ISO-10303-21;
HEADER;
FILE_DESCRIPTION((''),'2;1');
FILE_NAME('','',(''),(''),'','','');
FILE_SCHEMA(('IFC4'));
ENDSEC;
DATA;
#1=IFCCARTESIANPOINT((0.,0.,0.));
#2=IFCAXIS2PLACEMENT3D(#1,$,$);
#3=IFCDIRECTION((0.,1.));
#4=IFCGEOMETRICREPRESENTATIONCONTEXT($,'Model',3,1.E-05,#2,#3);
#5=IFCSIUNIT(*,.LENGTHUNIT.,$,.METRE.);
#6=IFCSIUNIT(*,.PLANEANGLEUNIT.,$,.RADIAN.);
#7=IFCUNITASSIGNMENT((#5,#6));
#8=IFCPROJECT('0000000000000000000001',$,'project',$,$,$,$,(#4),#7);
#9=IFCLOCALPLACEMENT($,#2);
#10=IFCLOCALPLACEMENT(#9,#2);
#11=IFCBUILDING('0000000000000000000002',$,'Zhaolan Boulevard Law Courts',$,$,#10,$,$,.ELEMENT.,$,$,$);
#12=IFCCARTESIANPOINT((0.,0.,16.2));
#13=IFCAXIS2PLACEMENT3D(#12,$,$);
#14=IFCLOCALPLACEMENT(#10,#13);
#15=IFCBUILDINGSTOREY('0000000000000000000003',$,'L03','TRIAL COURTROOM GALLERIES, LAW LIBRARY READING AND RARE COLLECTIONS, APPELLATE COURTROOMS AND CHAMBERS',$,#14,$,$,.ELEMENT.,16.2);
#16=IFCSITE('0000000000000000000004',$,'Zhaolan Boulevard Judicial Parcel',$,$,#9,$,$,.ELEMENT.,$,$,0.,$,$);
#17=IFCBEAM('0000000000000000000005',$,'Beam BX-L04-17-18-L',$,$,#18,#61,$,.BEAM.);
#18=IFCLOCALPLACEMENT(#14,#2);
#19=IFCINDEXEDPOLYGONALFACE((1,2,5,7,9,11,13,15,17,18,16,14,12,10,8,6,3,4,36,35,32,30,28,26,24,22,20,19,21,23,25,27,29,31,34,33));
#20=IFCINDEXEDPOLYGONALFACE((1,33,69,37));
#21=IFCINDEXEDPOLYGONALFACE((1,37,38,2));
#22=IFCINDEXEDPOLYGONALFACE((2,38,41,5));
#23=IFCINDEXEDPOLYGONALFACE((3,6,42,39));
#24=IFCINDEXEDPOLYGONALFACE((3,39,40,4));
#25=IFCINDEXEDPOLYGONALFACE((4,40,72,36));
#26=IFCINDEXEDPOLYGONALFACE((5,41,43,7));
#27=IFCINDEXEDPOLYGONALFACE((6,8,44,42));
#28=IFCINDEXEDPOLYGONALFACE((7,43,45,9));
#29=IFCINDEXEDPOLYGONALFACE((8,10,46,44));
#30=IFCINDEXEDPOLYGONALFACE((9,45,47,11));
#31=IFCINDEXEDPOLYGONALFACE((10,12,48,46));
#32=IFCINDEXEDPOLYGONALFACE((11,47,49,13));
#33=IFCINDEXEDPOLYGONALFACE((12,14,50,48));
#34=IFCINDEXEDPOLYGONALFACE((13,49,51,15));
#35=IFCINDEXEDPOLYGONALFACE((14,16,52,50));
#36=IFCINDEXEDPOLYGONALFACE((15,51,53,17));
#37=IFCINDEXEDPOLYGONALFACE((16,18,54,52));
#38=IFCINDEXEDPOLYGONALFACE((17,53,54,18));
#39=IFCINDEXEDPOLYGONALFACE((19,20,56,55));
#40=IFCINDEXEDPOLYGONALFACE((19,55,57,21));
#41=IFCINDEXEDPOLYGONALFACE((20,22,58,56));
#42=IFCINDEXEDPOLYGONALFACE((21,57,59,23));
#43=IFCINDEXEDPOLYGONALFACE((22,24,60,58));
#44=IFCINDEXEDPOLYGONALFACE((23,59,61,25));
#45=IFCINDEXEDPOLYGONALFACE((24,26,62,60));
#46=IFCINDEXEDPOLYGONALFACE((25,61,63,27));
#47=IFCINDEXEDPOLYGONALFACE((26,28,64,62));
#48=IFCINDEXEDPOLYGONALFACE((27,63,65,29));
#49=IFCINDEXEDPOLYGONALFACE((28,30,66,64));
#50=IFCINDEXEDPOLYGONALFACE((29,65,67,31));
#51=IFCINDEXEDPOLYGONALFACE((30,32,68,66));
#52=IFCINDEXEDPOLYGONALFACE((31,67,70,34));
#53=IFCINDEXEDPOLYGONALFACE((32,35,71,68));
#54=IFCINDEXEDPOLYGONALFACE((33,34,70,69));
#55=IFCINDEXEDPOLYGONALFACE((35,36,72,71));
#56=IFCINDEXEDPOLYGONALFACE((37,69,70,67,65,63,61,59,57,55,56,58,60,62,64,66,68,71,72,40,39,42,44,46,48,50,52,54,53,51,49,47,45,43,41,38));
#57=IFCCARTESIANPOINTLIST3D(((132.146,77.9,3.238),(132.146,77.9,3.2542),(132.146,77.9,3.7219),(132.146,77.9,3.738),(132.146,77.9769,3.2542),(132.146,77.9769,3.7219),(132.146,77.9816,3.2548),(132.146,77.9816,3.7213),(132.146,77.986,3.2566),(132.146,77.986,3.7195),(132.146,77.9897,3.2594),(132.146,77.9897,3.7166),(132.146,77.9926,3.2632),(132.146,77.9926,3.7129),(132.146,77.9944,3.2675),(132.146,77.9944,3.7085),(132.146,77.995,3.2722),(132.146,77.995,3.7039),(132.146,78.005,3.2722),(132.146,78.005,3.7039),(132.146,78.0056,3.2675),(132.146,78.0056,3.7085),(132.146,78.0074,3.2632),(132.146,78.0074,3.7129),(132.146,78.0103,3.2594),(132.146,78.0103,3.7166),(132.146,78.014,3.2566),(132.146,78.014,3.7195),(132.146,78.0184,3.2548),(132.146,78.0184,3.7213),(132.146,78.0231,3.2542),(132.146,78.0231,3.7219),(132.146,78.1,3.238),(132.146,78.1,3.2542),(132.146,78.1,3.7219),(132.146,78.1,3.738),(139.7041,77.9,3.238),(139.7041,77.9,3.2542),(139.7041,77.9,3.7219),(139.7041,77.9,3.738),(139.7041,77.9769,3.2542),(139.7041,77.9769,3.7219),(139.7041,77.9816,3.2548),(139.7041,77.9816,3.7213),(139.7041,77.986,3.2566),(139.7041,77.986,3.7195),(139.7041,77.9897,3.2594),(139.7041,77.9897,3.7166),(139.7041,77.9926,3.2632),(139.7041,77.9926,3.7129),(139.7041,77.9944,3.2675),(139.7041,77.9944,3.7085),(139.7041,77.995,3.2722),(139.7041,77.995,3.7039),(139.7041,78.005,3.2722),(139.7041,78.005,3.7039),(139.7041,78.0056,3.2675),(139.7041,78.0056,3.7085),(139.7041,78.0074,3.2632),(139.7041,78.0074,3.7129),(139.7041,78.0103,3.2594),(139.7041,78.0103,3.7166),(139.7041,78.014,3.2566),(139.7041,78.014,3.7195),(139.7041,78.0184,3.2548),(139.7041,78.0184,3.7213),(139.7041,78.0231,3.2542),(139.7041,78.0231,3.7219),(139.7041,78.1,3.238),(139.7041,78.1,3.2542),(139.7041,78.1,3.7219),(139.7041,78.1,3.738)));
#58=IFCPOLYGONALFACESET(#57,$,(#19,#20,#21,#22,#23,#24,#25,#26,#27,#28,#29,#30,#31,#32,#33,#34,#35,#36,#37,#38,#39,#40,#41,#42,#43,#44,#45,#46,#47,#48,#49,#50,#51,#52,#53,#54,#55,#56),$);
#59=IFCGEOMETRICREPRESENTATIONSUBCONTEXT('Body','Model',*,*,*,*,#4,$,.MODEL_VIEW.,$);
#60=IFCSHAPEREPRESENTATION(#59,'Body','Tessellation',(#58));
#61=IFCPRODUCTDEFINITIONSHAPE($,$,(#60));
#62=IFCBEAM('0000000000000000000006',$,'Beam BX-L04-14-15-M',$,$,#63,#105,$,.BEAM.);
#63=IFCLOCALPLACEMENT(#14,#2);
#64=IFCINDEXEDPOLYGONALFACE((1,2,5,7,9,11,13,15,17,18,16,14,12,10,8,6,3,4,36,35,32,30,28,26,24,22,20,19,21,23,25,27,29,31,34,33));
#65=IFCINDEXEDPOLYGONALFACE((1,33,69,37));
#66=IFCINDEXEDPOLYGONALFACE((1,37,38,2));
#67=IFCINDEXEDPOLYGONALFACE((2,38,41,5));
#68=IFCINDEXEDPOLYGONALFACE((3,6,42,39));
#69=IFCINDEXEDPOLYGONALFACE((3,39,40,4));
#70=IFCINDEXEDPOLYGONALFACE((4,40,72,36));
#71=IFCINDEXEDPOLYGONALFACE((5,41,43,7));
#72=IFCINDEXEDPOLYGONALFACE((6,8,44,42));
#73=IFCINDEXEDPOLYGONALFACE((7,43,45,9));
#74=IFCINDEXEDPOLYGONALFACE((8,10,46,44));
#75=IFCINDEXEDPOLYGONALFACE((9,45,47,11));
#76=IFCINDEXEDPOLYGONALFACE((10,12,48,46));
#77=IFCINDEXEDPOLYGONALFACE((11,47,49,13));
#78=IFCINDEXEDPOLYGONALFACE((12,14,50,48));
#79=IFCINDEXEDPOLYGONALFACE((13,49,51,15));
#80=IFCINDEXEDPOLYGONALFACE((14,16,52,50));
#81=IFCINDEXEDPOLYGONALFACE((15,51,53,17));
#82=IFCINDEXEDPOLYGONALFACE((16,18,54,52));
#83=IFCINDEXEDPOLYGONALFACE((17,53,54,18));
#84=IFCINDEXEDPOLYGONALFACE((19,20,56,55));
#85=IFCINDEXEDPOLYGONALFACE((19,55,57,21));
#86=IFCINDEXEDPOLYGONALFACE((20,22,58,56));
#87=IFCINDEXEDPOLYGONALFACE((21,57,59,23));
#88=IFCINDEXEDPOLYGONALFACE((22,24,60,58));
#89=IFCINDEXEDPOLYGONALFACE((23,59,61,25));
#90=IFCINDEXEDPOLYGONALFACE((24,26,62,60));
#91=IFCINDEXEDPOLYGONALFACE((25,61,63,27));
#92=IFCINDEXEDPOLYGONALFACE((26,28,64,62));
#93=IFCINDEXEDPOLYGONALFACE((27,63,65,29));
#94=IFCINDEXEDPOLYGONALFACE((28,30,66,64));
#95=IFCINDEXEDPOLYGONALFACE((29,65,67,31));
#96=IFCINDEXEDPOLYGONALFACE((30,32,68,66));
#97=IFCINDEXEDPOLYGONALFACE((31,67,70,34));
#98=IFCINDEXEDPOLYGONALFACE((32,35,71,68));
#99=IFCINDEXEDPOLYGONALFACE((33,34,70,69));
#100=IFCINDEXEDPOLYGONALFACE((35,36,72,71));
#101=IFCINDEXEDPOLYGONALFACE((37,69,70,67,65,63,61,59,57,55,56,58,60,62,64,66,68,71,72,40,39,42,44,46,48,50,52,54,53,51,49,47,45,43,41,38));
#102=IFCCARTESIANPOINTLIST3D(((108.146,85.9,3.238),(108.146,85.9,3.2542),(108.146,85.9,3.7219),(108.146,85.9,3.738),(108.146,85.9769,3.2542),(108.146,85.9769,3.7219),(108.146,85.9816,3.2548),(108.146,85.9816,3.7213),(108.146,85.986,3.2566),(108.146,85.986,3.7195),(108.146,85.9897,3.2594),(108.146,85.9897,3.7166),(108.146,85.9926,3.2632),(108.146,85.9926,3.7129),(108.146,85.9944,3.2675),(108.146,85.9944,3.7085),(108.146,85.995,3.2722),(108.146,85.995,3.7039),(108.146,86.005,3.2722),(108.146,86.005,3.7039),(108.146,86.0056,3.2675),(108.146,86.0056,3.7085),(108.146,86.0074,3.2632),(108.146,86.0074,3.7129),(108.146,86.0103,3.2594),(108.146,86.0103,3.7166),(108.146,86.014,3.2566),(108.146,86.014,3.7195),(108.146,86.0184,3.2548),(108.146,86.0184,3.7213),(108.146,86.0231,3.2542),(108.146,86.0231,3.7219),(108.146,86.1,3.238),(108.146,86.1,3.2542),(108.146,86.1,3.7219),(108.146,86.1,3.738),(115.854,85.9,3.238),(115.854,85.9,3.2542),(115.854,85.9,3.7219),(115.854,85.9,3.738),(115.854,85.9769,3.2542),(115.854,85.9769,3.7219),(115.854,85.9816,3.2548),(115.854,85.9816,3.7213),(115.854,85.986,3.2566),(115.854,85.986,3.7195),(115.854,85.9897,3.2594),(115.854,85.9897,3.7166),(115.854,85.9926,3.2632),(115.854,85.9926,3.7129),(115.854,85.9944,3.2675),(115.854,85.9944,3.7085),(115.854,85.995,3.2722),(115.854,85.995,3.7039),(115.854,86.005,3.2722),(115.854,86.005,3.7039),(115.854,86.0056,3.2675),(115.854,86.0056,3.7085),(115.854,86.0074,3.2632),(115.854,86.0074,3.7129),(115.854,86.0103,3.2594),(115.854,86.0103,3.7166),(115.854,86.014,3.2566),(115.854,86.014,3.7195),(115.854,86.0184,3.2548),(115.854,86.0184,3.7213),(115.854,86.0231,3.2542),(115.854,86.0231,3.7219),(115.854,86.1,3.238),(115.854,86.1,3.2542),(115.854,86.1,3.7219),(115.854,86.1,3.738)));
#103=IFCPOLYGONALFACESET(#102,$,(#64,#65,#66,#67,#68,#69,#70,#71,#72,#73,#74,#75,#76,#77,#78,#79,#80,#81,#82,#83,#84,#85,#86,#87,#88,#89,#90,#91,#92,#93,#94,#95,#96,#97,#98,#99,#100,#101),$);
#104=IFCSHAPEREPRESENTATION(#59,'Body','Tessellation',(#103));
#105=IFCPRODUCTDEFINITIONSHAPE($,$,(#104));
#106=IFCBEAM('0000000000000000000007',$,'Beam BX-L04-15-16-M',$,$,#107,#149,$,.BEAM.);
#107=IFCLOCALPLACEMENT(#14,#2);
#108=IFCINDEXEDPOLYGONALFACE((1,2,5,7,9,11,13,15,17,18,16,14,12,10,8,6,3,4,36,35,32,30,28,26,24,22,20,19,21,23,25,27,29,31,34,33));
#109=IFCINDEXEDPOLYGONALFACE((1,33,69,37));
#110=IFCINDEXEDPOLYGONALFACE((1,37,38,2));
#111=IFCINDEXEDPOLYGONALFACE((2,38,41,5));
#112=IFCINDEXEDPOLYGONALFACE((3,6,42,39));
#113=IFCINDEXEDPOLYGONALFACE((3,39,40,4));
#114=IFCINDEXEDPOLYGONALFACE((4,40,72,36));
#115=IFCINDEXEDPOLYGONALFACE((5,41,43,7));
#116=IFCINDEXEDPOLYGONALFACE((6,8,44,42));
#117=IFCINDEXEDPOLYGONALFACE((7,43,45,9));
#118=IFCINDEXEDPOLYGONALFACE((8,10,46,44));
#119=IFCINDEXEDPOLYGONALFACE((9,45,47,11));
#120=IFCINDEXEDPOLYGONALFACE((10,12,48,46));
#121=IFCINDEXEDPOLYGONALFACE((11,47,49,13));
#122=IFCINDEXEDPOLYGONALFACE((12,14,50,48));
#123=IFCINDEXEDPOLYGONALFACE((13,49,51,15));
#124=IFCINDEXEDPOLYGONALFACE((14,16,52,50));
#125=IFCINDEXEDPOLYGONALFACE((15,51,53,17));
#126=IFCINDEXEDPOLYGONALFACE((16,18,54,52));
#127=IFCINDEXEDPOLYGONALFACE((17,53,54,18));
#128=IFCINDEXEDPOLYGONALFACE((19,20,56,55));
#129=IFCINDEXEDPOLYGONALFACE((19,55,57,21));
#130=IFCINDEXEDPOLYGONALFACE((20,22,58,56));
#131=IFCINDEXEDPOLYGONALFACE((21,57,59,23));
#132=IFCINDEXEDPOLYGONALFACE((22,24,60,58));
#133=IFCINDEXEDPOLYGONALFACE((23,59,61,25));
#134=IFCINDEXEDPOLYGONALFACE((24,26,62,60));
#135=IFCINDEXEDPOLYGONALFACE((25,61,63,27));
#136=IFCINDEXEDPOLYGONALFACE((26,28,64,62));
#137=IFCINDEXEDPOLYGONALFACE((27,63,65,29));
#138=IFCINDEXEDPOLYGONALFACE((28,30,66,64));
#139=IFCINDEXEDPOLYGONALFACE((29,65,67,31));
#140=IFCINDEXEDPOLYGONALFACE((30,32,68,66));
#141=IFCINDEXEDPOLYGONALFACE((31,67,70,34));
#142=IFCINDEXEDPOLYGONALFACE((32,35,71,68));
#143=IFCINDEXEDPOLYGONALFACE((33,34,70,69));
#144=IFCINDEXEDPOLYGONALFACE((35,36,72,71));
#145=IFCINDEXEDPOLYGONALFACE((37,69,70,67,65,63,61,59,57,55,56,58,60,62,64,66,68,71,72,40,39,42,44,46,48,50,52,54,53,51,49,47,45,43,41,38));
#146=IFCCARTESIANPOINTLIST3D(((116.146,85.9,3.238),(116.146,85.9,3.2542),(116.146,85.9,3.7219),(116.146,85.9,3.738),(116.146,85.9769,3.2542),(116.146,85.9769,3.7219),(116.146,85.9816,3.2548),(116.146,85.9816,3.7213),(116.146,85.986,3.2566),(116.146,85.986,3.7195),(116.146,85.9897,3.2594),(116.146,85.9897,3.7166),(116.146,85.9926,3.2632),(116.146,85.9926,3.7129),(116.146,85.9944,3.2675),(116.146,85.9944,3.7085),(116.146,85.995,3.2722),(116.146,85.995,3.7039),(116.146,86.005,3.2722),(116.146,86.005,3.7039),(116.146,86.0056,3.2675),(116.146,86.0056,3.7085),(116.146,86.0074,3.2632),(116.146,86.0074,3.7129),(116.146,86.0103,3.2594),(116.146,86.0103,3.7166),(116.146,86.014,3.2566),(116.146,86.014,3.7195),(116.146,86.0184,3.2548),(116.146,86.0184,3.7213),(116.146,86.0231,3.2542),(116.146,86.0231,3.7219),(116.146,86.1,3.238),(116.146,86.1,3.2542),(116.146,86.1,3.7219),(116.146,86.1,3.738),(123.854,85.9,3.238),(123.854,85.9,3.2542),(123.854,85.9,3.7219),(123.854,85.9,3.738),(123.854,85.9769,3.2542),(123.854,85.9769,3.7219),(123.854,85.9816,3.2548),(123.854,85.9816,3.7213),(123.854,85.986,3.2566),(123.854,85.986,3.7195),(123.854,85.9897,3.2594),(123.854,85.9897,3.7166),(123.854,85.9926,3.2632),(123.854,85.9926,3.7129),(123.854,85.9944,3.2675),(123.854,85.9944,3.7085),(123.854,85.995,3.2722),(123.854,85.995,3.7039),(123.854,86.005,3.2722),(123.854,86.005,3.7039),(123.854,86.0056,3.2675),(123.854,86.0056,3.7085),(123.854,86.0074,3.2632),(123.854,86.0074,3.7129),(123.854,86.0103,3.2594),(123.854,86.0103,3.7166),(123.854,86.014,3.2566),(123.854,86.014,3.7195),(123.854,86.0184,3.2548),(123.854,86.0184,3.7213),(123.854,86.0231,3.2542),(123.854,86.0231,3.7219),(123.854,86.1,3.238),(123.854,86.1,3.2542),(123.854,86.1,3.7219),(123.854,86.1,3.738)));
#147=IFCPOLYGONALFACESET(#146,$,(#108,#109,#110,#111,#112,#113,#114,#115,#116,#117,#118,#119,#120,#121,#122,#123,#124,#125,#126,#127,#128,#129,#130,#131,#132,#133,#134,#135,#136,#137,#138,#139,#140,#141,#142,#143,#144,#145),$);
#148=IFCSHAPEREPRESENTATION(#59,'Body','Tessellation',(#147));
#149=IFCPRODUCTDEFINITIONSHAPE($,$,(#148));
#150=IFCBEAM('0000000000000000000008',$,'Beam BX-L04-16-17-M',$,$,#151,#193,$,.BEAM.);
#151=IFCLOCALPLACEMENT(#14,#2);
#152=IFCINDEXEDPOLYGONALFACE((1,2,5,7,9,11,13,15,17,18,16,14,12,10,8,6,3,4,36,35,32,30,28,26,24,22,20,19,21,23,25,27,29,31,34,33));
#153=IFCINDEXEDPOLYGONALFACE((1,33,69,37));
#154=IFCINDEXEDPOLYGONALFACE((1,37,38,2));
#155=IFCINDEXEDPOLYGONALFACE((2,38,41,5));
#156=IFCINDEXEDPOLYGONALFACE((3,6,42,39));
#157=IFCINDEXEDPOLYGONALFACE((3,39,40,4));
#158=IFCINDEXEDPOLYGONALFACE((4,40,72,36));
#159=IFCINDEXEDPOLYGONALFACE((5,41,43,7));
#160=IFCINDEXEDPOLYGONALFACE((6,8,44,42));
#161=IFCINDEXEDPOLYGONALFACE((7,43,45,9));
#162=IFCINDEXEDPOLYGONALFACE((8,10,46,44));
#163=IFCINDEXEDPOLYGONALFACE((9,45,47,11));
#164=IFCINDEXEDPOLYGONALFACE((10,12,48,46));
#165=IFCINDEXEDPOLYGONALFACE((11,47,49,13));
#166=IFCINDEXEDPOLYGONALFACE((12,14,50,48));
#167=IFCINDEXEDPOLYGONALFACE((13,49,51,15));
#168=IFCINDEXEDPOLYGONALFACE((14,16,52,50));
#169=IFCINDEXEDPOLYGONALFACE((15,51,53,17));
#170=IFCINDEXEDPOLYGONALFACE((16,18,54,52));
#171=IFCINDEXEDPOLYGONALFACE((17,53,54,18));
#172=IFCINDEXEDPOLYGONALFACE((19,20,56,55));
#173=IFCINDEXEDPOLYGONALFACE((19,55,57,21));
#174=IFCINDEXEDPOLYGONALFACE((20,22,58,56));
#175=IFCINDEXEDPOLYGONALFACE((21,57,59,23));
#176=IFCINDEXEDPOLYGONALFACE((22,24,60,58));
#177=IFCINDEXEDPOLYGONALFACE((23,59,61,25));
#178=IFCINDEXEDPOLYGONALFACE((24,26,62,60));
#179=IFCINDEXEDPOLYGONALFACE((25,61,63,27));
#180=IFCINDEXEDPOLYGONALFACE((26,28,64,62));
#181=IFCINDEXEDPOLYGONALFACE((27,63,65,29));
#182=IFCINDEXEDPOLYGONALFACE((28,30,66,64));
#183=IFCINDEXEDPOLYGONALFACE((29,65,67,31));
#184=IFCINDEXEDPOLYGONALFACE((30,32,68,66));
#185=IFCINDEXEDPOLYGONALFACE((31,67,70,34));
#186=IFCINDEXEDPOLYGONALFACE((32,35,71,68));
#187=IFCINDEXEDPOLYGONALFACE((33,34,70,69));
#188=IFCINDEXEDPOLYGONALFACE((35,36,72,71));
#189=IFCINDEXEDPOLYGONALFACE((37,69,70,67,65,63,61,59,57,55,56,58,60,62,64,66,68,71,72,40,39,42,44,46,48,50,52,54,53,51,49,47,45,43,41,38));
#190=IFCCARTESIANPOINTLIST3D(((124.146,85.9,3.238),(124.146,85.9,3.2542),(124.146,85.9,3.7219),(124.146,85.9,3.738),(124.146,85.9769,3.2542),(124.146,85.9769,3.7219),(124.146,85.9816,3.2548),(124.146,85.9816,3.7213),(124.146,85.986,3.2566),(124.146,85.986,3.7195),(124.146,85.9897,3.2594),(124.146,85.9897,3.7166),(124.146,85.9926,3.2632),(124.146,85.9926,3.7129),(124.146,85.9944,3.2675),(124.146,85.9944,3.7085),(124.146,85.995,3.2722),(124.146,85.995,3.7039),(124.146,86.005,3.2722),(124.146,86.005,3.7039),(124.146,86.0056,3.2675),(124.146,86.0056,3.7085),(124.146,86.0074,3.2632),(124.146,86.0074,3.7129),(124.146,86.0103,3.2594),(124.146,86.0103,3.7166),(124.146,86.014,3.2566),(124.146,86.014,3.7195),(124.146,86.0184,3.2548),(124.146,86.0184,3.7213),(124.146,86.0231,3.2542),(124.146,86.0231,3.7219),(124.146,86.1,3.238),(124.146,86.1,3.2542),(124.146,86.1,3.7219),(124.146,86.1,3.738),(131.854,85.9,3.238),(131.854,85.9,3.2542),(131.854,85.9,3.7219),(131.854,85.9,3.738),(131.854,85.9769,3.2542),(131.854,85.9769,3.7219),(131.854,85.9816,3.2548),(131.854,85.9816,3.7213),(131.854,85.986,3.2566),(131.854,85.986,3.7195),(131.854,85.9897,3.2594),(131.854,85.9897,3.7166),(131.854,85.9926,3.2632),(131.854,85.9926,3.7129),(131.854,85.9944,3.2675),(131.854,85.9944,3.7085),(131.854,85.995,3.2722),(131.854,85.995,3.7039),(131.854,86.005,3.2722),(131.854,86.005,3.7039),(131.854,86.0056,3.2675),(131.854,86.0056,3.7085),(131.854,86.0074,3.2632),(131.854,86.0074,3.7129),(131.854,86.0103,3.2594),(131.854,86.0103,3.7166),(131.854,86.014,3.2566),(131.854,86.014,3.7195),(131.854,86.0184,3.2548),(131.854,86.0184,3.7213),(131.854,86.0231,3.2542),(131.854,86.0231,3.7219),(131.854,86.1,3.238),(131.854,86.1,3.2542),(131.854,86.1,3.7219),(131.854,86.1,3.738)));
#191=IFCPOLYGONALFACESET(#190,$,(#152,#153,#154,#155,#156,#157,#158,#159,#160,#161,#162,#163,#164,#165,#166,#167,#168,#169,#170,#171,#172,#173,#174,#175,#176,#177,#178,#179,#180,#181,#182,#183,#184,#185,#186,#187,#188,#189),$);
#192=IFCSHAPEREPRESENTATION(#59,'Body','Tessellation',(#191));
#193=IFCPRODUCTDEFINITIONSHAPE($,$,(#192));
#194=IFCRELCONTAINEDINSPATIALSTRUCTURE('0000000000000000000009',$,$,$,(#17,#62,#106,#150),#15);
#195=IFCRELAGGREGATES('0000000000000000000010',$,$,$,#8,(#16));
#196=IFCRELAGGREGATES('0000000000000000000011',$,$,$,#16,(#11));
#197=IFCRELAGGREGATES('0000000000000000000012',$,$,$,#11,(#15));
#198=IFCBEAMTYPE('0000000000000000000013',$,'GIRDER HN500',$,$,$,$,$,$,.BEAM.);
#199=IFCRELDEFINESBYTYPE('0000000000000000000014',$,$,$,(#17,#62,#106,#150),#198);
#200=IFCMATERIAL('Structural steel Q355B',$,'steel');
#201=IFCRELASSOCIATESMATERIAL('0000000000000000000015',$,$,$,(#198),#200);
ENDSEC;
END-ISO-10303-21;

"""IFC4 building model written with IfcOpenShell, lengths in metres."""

from ifc_helpers import new_model, si_unit, direction, frame, origin, origin_2d, place, context, subcontext, project, spatial, i_section, extrude, material, material_profile, profile_set, type_object, element, save


model = new_model("IFC4")

# Units and contexts
model_context = context("Model", 3, precision=1e-05, world=origin(), true_north=direction((0.0, 1.0)))
body_context = subcontext(model_context, "Body", "Model", "MODEL_VIEW")
ifc_project = project(units=[si_unit("LENGTHUNIT", "METRE"), si_unit("PLANEANGLEUNIT", "RADIAN")], contexts=[model_context])

# Site, building, storey
site_placement = place(None, origin())
site = spatial("IfcSite", under=ifc_project, at=site_placement, Name="Zhaolan Boulevard Judicial Parcel", CompositionType="ELEMENT", RefElevation=0.0)
building_placement = place(site_placement, origin())
building = spatial("IfcBuilding", under=site, at=building_placement, Name="Zhaolan Boulevard Law Courts", CompositionType="ELEMENT")
storey_placement = place(building_placement, frame((0.0, 0.0, 16.2)))
storey = spatial("IfcBuildingStorey", under=building, at=storey_placement, Name="L03", Description="TRIAL COURTROOM GALLERIES, LAW LIBRARY READING AND RARE COLLECTIONS, APPELLATE COURTROOMS AND CHAMBERS", CompositionType="ELEMENT", Elevation=16.2)

# Beams
ifc_material_1 = material(Name="Structural steel Q355B", Category="steel")
ifc_material_profile_1 = material_profile(ifc_material_1, i_section(OverallWidth=0.2, OverallDepth=0.5, WebThickness=0.01, FlangeThickness=0.0161, FilletRadius=0.0181, at=origin_2d()), Name="HN500x200")
ifc_profile_set_1 = profile_set([ifc_material_profile_1], Name="Structural steel Q355B")
beam_type_1 = type_object("IfcBeamType", Name="GIRDER HN500", PredefinedType="BEAM", material=ifc_profile_set_1)
beam_1_placement = place(storey_placement, frame((132.146, 78.0, 3.488), z_axis=(1.0, 0.0, 0.0), x_axis=(0.0, 1.0, 0.0)))
element("IfcBeam", 1, at=beam_1_placement, inside=storey, type_object=beam_type_1, Name="Beam BX-L04-17-18-L", PredefinedType="BEAM", context=body_context, shape_type="SweptSolid", body=[
    extrude(i_section(OverallWidth=0.2, OverallDepth=0.5, WebThickness=0.01, FlangeThickness=0.0161, FilletRadius=0.0181, at=origin_2d()), origin(), (0.0, 0.0, 1.0), 7.5581),
])
for number, where, z_axis, x_axis, name in (
    (2, (108.146, 86.0, 3.488), (1.0, 0.0, 0.0), (0.0, 1.0, 0.0), "Beam BX-L04-14-15-M"),
    (3, (116.146, 86.0, 3.488), (1.0, 0.0, 0.0), (0.0, 1.0, 0.0), "Beam BX-L04-15-16-M"),
    (4, (124.146, 86.0, 3.488), (1.0, 0.0, 0.0), (0.0, 1.0, 0.0), "Beam BX-L04-16-17-M"),
):
    element("IfcBeam", number, at=place(storey_placement, frame(where, z_axis=z_axis, x_axis=x_axis)), inside=storey, type_object=beam_type_1, Name=name, PredefinedType="BEAM", context=body_context, shape_type="SweptSolid", body=[
        extrude(i_section(OverallWidth=0.2, OverallDepth=0.5, WebThickness=0.01, FlangeThickness=0.0161, FilletRadius=0.0181, at=origin_2d()), origin(), (0.0, 0.0, 1.0), 7.708),
    ])

save(model, "model.ifc")
